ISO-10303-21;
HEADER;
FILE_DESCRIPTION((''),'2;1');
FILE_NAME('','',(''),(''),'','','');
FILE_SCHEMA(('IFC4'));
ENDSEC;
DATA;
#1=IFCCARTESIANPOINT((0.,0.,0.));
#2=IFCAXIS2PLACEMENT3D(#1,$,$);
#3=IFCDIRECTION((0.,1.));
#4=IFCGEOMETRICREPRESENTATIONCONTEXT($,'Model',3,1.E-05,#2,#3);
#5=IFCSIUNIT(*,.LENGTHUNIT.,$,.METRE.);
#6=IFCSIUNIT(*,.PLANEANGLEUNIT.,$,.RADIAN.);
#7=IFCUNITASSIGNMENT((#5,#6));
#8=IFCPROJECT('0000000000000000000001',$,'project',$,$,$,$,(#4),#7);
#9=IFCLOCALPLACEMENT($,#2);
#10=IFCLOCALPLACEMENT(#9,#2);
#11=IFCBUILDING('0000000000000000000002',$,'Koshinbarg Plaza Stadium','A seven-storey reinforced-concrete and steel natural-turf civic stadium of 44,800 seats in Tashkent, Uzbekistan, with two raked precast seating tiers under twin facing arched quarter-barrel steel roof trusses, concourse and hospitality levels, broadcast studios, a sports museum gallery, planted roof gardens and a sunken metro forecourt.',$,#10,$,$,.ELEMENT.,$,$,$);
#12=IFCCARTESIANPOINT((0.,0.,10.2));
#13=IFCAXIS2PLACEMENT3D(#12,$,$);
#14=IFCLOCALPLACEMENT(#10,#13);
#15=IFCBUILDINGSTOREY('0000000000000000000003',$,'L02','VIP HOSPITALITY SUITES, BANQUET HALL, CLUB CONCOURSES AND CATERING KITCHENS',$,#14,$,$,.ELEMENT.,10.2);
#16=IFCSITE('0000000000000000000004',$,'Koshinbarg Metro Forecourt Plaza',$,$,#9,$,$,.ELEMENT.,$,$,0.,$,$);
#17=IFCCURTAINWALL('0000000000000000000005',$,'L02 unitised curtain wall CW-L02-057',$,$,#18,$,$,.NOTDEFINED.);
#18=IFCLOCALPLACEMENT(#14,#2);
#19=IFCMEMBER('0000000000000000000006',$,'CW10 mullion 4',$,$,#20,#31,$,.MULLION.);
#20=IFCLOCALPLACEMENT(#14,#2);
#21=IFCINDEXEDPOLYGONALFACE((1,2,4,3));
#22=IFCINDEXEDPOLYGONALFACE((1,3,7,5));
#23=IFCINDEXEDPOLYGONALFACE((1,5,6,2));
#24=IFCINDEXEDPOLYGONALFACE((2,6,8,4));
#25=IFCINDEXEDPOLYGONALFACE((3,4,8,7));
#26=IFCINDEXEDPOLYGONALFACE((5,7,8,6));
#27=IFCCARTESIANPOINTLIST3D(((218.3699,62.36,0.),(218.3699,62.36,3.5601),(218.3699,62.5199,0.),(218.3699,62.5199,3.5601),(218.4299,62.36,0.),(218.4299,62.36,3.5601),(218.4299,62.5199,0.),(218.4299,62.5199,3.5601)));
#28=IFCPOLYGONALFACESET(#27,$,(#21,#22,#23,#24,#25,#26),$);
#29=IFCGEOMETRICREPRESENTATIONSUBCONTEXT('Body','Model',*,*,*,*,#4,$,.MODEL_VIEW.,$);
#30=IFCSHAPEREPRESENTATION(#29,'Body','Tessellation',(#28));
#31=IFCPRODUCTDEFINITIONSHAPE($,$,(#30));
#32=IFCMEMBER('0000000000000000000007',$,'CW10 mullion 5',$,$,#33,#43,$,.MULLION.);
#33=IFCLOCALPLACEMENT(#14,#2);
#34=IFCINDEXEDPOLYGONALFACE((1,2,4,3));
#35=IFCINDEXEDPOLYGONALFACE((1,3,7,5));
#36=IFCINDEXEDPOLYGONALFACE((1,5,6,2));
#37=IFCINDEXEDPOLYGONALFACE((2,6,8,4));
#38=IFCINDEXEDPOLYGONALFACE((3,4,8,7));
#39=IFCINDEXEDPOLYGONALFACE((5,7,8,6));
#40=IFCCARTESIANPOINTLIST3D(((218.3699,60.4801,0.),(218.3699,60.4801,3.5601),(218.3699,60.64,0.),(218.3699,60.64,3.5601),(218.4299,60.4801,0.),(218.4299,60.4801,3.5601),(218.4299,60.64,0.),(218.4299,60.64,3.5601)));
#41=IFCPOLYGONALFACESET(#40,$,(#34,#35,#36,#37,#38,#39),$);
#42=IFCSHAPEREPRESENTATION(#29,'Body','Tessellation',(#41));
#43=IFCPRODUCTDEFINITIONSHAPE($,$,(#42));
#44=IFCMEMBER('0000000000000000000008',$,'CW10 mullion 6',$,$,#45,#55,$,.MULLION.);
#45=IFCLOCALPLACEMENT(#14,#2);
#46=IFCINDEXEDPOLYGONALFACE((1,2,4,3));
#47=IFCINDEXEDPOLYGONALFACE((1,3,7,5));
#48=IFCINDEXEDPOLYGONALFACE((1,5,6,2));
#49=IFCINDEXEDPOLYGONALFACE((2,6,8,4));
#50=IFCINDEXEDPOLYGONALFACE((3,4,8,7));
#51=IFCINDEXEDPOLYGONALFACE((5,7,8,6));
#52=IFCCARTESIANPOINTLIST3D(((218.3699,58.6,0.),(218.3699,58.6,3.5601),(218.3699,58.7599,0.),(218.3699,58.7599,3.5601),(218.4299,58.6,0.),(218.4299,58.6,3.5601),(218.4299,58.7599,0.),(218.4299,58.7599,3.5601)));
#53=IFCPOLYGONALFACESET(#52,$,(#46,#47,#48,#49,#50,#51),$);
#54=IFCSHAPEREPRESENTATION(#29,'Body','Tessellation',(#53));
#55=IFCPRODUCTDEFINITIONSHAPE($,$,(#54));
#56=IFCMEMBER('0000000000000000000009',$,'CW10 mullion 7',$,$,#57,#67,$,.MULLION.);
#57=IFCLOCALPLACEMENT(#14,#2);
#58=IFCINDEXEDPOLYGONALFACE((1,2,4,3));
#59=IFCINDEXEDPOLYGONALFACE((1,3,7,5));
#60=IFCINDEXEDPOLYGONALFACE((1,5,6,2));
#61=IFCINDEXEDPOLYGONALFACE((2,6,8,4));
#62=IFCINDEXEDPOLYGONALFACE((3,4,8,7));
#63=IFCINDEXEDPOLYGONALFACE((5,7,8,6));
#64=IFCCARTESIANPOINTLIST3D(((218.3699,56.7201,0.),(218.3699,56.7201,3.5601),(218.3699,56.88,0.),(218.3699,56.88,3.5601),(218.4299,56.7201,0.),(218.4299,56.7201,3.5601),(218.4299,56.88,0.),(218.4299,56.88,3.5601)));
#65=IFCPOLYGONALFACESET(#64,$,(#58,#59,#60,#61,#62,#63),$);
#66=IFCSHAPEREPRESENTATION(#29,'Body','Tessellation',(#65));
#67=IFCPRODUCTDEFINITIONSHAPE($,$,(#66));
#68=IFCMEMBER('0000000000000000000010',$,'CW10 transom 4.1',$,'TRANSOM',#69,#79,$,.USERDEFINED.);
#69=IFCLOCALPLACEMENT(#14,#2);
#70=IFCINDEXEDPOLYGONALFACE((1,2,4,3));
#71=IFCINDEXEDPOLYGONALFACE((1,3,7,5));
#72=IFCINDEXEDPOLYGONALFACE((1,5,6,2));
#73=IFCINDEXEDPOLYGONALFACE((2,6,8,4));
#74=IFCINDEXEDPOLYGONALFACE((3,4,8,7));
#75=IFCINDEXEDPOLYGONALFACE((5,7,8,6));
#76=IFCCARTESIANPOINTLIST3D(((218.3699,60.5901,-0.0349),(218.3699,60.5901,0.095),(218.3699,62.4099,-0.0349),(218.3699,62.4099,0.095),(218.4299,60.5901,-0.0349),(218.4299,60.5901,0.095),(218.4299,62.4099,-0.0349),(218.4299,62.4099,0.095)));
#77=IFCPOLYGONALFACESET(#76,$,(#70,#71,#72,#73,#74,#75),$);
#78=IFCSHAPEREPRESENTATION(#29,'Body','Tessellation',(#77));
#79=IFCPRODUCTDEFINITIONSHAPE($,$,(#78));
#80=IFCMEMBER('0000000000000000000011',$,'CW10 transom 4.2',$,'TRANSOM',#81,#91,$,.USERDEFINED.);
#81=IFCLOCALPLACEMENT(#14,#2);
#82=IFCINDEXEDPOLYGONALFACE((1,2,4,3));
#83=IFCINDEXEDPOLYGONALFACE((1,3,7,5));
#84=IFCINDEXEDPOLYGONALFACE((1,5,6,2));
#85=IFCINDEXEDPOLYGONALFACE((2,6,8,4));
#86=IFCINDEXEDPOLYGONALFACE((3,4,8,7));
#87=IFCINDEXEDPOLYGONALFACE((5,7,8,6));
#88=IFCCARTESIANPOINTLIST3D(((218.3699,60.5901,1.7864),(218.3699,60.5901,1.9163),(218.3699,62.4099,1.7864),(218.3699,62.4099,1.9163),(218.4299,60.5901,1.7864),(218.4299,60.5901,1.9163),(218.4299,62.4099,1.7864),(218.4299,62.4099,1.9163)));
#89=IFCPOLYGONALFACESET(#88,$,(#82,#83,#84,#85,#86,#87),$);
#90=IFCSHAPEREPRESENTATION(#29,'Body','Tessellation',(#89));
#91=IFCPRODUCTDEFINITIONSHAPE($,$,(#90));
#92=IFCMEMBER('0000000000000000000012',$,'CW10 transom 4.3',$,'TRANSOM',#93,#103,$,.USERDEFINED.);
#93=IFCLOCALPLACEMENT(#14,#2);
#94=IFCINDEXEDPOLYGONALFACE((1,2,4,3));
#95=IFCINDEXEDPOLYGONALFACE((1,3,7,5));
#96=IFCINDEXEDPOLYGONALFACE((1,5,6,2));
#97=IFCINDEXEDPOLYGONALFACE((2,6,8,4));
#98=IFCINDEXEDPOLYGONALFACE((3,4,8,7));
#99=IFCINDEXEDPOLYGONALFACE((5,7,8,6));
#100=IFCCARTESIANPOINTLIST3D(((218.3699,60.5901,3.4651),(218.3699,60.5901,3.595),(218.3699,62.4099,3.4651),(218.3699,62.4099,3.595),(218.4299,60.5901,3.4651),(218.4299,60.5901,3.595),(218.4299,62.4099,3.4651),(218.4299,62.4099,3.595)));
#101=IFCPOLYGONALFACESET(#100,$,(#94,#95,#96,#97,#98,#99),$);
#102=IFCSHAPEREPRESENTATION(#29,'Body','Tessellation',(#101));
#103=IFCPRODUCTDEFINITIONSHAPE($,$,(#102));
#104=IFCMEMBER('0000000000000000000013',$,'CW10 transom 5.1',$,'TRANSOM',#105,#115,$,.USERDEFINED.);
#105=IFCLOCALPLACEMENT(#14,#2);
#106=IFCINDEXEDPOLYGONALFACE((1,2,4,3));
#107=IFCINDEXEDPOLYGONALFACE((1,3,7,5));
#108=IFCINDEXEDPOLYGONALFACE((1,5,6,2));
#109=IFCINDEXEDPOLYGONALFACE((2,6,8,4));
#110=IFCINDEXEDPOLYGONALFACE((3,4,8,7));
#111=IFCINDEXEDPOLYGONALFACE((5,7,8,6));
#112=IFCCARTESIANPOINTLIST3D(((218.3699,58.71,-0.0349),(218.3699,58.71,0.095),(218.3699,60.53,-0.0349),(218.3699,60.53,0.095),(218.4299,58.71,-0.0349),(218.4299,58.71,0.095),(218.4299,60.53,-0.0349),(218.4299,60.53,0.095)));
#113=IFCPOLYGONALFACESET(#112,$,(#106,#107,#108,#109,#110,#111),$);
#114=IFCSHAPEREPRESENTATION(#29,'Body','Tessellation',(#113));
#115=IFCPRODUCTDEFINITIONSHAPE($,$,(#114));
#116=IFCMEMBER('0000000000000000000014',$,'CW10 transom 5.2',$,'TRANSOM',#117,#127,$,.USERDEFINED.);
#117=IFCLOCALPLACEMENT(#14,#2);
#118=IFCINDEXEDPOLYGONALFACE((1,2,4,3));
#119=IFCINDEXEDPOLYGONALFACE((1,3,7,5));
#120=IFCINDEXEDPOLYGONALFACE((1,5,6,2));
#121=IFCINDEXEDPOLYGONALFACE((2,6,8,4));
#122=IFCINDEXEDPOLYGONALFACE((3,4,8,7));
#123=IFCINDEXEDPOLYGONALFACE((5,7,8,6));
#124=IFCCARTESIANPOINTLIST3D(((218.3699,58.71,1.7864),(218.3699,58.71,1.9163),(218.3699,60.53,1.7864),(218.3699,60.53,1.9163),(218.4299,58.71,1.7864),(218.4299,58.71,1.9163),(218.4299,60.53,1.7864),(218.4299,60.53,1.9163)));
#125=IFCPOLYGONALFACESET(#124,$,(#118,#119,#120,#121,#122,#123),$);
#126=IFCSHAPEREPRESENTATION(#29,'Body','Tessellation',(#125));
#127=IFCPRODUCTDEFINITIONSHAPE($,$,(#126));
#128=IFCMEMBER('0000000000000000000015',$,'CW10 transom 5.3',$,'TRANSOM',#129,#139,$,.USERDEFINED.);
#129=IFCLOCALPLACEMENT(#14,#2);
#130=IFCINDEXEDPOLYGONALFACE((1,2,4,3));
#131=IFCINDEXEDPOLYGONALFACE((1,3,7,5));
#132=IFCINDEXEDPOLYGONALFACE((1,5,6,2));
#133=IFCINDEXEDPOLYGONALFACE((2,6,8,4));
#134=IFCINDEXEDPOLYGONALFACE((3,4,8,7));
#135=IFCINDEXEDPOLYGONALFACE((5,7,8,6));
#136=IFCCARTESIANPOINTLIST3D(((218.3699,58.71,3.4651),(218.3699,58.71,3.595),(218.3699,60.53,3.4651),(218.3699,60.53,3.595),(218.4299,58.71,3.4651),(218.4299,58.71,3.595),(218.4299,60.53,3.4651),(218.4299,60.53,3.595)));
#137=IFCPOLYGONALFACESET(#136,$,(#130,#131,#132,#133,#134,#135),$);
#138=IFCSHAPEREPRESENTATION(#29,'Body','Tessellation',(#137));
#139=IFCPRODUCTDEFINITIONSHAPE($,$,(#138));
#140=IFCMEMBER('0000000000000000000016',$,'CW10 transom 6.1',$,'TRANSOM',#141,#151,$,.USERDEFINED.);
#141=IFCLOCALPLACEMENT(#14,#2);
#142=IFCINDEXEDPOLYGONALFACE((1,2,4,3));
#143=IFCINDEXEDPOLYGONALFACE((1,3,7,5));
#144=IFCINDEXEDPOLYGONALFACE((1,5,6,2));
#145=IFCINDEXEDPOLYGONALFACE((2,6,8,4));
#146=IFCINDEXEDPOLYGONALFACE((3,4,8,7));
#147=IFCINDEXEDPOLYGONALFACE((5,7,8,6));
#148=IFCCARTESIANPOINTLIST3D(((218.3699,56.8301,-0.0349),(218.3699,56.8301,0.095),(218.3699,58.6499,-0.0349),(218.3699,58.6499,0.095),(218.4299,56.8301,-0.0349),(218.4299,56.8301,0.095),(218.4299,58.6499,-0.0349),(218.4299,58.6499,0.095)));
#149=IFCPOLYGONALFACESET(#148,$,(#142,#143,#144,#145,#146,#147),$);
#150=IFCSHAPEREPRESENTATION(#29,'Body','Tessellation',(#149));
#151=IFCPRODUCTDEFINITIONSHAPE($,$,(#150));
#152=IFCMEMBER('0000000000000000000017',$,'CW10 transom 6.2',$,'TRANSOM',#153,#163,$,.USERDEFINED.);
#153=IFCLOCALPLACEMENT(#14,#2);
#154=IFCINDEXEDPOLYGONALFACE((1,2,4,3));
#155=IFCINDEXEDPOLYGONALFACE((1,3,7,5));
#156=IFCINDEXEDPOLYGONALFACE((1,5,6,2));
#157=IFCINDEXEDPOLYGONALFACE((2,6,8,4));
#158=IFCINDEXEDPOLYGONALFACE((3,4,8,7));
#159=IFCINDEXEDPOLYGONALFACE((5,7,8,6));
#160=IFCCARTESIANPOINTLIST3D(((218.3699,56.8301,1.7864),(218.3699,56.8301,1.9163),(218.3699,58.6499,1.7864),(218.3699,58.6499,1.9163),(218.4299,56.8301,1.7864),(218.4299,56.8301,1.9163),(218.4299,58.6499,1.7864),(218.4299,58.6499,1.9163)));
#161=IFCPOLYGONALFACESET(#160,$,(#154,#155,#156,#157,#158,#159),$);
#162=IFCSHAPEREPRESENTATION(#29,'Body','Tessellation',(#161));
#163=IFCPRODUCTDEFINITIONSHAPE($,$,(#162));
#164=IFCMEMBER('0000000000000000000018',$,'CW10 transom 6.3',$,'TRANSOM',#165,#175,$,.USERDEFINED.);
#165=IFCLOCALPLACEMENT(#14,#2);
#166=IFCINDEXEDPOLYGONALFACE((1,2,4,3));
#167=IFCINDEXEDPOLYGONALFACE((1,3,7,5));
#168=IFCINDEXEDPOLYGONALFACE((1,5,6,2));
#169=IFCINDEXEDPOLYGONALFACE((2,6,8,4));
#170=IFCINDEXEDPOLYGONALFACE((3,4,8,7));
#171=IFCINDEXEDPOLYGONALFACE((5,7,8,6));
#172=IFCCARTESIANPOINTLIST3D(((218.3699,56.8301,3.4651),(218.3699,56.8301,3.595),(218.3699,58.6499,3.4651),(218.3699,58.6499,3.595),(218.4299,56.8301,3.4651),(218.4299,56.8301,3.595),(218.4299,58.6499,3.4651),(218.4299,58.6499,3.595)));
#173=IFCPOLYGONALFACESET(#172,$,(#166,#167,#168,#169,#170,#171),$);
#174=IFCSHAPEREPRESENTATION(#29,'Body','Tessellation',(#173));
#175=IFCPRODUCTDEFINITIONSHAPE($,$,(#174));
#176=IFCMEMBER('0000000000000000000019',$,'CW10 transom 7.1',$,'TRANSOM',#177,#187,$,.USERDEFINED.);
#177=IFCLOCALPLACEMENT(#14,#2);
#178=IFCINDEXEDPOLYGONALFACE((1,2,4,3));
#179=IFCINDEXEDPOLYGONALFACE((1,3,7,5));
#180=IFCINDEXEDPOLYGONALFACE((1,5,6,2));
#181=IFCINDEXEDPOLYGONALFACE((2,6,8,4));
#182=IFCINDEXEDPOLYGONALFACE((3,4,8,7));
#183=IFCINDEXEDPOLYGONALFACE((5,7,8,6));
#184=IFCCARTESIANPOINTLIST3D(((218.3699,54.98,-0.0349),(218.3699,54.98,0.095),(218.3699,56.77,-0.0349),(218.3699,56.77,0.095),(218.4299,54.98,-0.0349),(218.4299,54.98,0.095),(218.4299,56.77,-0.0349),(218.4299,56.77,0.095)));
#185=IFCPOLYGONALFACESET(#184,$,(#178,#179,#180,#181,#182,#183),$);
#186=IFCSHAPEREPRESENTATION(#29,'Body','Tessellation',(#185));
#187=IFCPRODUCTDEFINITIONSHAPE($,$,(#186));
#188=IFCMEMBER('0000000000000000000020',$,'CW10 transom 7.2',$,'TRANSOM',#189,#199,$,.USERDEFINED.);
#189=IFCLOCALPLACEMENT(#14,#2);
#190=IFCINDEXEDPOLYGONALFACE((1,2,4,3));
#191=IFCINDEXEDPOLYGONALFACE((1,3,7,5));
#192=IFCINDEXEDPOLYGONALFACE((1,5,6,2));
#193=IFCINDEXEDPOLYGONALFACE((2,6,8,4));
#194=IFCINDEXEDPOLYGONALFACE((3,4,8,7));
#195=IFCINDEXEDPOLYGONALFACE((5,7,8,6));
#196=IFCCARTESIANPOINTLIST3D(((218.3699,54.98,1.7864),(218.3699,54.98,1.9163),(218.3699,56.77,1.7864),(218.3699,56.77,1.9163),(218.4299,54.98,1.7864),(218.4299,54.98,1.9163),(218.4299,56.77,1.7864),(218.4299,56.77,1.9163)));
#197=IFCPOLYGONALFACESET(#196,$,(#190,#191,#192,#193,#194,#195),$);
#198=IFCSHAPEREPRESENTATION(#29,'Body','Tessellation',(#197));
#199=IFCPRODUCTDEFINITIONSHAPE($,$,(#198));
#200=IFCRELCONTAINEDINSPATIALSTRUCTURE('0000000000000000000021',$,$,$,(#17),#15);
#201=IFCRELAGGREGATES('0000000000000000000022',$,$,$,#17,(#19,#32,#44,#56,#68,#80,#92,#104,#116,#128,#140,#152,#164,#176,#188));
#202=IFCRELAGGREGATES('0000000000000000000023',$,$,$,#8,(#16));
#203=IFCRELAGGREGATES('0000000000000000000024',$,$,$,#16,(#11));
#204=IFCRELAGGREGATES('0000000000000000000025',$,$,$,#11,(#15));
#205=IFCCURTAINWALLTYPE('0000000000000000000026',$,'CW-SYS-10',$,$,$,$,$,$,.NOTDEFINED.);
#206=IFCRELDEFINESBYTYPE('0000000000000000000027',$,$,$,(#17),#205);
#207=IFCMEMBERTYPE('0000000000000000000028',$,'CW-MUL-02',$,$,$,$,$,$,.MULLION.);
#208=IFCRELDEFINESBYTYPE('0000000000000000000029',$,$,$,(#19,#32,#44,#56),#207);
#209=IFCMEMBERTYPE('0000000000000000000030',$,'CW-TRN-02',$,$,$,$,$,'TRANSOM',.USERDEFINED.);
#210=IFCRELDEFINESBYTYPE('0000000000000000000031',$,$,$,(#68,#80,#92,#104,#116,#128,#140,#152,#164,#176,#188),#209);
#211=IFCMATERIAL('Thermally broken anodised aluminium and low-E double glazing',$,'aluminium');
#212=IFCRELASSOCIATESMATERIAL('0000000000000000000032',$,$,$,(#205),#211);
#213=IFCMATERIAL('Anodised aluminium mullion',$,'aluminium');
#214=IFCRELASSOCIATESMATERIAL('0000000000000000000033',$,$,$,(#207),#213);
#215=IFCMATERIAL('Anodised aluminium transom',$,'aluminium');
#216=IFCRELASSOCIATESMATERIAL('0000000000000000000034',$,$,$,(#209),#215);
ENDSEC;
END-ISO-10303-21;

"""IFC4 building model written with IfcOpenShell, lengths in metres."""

from ifc_helpers import new_model, si_unit, direction, frame, origin, origin_2d, place, context, subcontext, project, spatial, rectangle, extrude, material, material_profile, profile_set, type_object, element, aggregate, save


model = new_model("IFC4")

# Units and contexts
model_context = context("Model", 3, precision=1e-05, world=origin(), true_north=direction((0.0, 1.0)))
body_context = subcontext(model_context, "Body", "Model", "MODEL_VIEW")
ifc_project = project(units=[si_unit("LENGTHUNIT", "METRE"), si_unit("PLANEANGLEUNIT", "RADIAN")], contexts=[model_context])

# Site, building, storey
site_placement = place(None, origin())
site = spatial("IfcSite", under=ifc_project, at=site_placement, Name="Koshinbarg Metro Forecourt Plaza", CompositionType="ELEMENT", RefElevation=0.0)
building_placement = place(site_placement, origin())
building = spatial("IfcBuilding", under=site, at=building_placement, Name="Koshinbarg Plaza Stadium", Description="A seven-storey reinforced-concrete and steel natural-turf civic stadium of 44,800 seats in Tashkent, Uzbekistan, with two raked precast seating tiers under twin facing arched quarter-barrel steel roof trusses, concourse and hospitality levels, broadcast studios, a sports museum gallery, planted roof gardens and a sunken metro forecourt.", CompositionType="ELEMENT")
storey_placement = place(building_placement, frame((0.0, 0.0, 10.2)))
storey = spatial("IfcBuildingStorey", under=building, at=storey_placement, Name="L02", Description="VIP HOSPITALITY SUITES, BANQUET HALL, CLUB CONCOURSES AND CATERING KITCHENS", CompositionType="ELEMENT", Elevation=10.2)

# Curtain wall, members
ifc_material_1 = material(Name="Thermally broken anodised aluminium and low-E double glazing", Category="aluminium")
curtain_wall_type = type_object("IfcCurtainWallType", Name="CW-SYS-10", PredefinedType="NOTDEFINED", material=ifc_material_1)
curtain_wall_placement = place(storey_placement, origin())
curtain_wall = element("IfcCurtainWall", 1, at=curtain_wall_placement, inside=storey, type_object=curtain_wall_type, Name="L02 unitised curtain wall CW-L02-057", PredefinedType="NOTDEFINED")
ifc_material_2 = material(Name="Anodised aluminium mullion", Category="aluminium")
ifc_material_profile_1 = material_profile(ifc_material_2, rectangle(XDim=0.0601, YDim=0.1599, at=origin_2d()), Name="ALU 60x160")
ifc_profile_set_1 = profile_set([ifc_material_profile_1], Name="Anodised aluminium mullion")
member_type_1 = type_object("IfcMemberType", Name="CW-MUL-02", PredefinedType="MULLION", material=ifc_profile_set_1)
member_1_placement = place(storey_placement, frame((218.3999, 62.4399, 0.0), z_axis=(0.0, 0.0, 1.0), x_axis=(1.0, 0.0, 0.0)))
member_1 = element("IfcMember", 2, at=member_1_placement, type_object=member_type_1, Name="CW10 mullion 4", PredefinedType="MULLION", context=body_context, shape_type="SweptSolid", body=[
    extrude(rectangle(XDim=0.0601, YDim=0.1599, at=origin_2d()), origin(), (0.0, 0.0, 1.0), 3.5601),
])
member_2_placement = place(storey_placement, frame((218.3999, 60.5601, 0.0), z_axis=(0.0, 0.0, 1.0), x_axis=(1.0, 0.0, 0.0)))
member_2 = element("IfcMember", 3, at=member_2_placement, type_object=member_type_1, Name="CW10 mullion 5", PredefinedType="MULLION", context=body_context, shape_type="SweptSolid", body=[
    extrude(rectangle(XDim=0.0601, YDim=0.1599, at=origin_2d()), origin(), (0.0, 0.0, 1.0), 3.5601),
])
member_3_placement = place(storey_placement, frame((218.3999, 58.6799, 0.0), z_axis=(0.0, 0.0, 1.0), x_axis=(1.0, 0.0, 0.0)))
member_3 = element("IfcMember", 4, at=member_3_placement, type_object=member_type_1, Name="CW10 mullion 6", PredefinedType="MULLION", context=body_context, shape_type="SweptSolid", body=[
    extrude(rectangle(XDim=0.0601, YDim=0.1599, at=origin_2d()), origin(), (0.0, 0.0, 1.0), 3.5601),
])
member_4_placement = place(storey_placement, frame((218.3999, 56.8, 0.0), z_axis=(0.0, 0.0, 1.0), x_axis=(1.0, 0.0, 0.0)))
member_4 = element("IfcMember", 5, at=member_4_placement, type_object=member_type_1, Name="CW10 mullion 7", PredefinedType="MULLION", context=body_context, shape_type="SweptSolid", body=[
    extrude(rectangle(XDim=0.0601, YDim=0.1599, at=origin_2d()), origin(), (0.0, 0.0, 1.0), 3.5601),
])
ifc_material_3 = material(Name="Anodised aluminium transom", Category="aluminium")
ifc_material_profile_2 = material_profile(ifc_material_3, rectangle(XDim=0.0601, YDim=0.1299, at=origin_2d()), Name="ALU 60x130")
ifc_profile_set_2 = profile_set([ifc_material_profile_2], Name="Anodised aluminium transom")
member_type_2 = type_object("IfcMemberType", Name="CW-TRN-02", ElementType="TRANSOM", PredefinedType="USERDEFINED", material=ifc_profile_set_2)
member_5_placement = place(storey_placement, frame((218.3999, 62.4099, 0.03), z_axis=(0.0, -1.0, 0.0), x_axis=(1.0, 0.0, 0.0)))
member_5 = element("IfcMember", 6, at=member_5_placement, type_object=member_type_2, Name="CW10 transom 4.1", ObjectType="TRANSOM", PredefinedType="USERDEFINED", context=body_context, shape_type="SweptSolid", body=[
    extrude(rectangle(XDim=0.0601, YDim=0.1299, at=origin_2d()), origin(), (0.0, 0.0, 1.0), 1.8198),
])
member_6_placement = place(storey_placement, frame((218.3999, 62.4099, 1.8513), z_axis=(0.0, -1.0, 0.0), x_axis=(1.0, 0.0, 0.0)))
member_6 = element("IfcMember", 7, at=member_6_placement, type_object=member_type_2, Name="CW10 transom 4.2", ObjectType="TRANSOM", PredefinedType="USERDEFINED", context=body_context, shape_type="SweptSolid", body=[
    extrude(rectangle(XDim=0.0601, YDim=0.1299, at=origin_2d()), origin(), (0.0, 0.0, 1.0), 1.8198),
])
member_7_placement = place(storey_placement, frame((218.3999, 62.4099, 3.53), z_axis=(0.0, -1.0, 0.0), x_axis=(1.0, 0.0, 0.0)))
member_7 = element("IfcMember", 8, at=member_7_placement, type_object=member_type_2, Name="CW10 transom 4.3", ObjectType="TRANSOM", PredefinedType="USERDEFINED", context=body_context, shape_type="SweptSolid", body=[
    extrude(rectangle(XDim=0.0601, YDim=0.1299, at=origin_2d()), origin(), (0.0, 0.0, 1.0), 1.8198),
])
member_8_placement = place(storey_placement, frame((218.3999, 60.53, 0.03), z_axis=(0.0, -1.0, 0.0), x_axis=(1.0, 0.0, 0.0)))
member_8 = element("IfcMember", 9, at=member_8_placement, type_object=member_type_2, Name="CW10 transom 5.1", ObjectType="TRANSOM", PredefinedType="USERDEFINED", context=body_context, shape_type="SweptSolid", body=[
    extrude(rectangle(XDim=0.0601, YDim=0.1299, at=origin_2d()), origin(), (0.0, 0.0, 1.0), 1.8201),
])
member_9_placement = place(storey_placement, frame((218.3999, 60.53, 1.8513), z_axis=(0.0, -1.0, 0.0), x_axis=(1.0, 0.0, 0.0)))
member_9 = element("IfcMember", 10, at=member_9_placement, type_object=member_type_2, Name="CW10 transom 5.2", ObjectType="TRANSOM", PredefinedType="USERDEFINED", context=body_context, shape_type="SweptSolid", body=[
    extrude(rectangle(XDim=0.0601, YDim=0.1299, at=origin_2d()), origin(), (0.0, 0.0, 1.0), 1.8201),
])
member_10_placement = place(storey_placement, frame((218.3999, 60.53, 3.53), z_axis=(0.0, -1.0, 0.0), x_axis=(1.0, 0.0, 0.0)))
member_10 = element("IfcMember", 11, at=member_10_placement, type_object=member_type_2, Name="CW10 transom 5.3", ObjectType="TRANSOM", PredefinedType="USERDEFINED", context=body_context, shape_type="SweptSolid", body=[
    extrude(rectangle(XDim=0.0601, YDim=0.1299, at=origin_2d()), origin(), (0.0, 0.0, 1.0), 1.8201),
])
member_11_placement = place(storey_placement, frame((218.3999, 58.6499, 0.03), z_axis=(0.0, -1.0, 0.0), x_axis=(1.0, 0.0, 0.0)))
member_11 = element("IfcMember", 12, at=member_11_placement, type_object=member_type_2, Name="CW10 transom 6.1", ObjectType="TRANSOM", PredefinedType="USERDEFINED", context=body_context, shape_type="SweptSolid", body=[
    extrude(rectangle(XDim=0.0601, YDim=0.1299, at=origin_2d()), origin(), (0.0, 0.0, 1.0), 1.8198),
])
member_12_placement = place(storey_placement, frame((218.3999, 58.6499, 1.8513), z_axis=(0.0, -1.0, 0.0), x_axis=(1.0, 0.0, 0.0)))
member_12 = element("IfcMember", 13, at=member_12_placement, type_object=member_type_2, Name="CW10 transom 6.2", ObjectType="TRANSOM", PredefinedType="USERDEFINED", context=body_context, shape_type="SweptSolid", body=[
    extrude(rectangle(XDim=0.0601, YDim=0.1299, at=origin_2d()), origin(), (0.0, 0.0, 1.0), 1.8198),
])
member_13_placement = place(storey_placement, frame((218.3999, 58.6499, 3.53), z_axis=(0.0, -1.0, 0.0), x_axis=(1.0, 0.0, 0.0)))
member_13 = element("IfcMember", 14, at=member_13_placement, type_object=member_type_2, Name="CW10 transom 6.3", ObjectType="TRANSOM", PredefinedType="USERDEFINED", context=body_context, shape_type="SweptSolid", body=[
    extrude(rectangle(XDim=0.0601, YDim=0.1299, at=origin_2d()), origin(), (0.0, 0.0, 1.0), 1.8198),
])
member_14_placement = place(storey_placement, frame((218.3999, 56.77, 0.03), z_axis=(0.0, -1.0, 0.0), x_axis=(1.0, 0.0, 0.0)))
member_14 = element("IfcMember", 15, at=member_14_placement, type_object=member_type_2, Name="CW10 transom 7.1", ObjectType="TRANSOM", PredefinedType="USERDEFINED", context=body_context, shape_type="SweptSolid", body=[
    extrude(rectangle(XDim=0.0601, YDim=0.1299, at=origin_2d()), origin(), (0.0, 0.0, 1.0), 1.79),
])
member_15_placement = place(storey_placement, frame((218.3999, 56.77, 1.8513), z_axis=(0.0, -1.0, 0.0), x_axis=(1.0, 0.0, 0.0)))
member_15 = element("IfcMember", 16, at=member_15_placement, type_object=member_type_2, Name="CW10 transom 7.2", ObjectType="TRANSOM", PredefinedType="USERDEFINED", context=body_context, shape_type="SweptSolid", body=[
    extrude(rectangle(XDim=0.0601, YDim=0.1299, at=origin_2d()), origin(), (0.0, 0.0, 1.0), 1.79),
])

aggregate(curtain_wall, [member_1, member_2, member_3, member_4, member_5, member_6, member_7, member_8, member_9, member_10, member_11, member_12, member_13, member_14, member_15])

save(model, "model.ifc")
